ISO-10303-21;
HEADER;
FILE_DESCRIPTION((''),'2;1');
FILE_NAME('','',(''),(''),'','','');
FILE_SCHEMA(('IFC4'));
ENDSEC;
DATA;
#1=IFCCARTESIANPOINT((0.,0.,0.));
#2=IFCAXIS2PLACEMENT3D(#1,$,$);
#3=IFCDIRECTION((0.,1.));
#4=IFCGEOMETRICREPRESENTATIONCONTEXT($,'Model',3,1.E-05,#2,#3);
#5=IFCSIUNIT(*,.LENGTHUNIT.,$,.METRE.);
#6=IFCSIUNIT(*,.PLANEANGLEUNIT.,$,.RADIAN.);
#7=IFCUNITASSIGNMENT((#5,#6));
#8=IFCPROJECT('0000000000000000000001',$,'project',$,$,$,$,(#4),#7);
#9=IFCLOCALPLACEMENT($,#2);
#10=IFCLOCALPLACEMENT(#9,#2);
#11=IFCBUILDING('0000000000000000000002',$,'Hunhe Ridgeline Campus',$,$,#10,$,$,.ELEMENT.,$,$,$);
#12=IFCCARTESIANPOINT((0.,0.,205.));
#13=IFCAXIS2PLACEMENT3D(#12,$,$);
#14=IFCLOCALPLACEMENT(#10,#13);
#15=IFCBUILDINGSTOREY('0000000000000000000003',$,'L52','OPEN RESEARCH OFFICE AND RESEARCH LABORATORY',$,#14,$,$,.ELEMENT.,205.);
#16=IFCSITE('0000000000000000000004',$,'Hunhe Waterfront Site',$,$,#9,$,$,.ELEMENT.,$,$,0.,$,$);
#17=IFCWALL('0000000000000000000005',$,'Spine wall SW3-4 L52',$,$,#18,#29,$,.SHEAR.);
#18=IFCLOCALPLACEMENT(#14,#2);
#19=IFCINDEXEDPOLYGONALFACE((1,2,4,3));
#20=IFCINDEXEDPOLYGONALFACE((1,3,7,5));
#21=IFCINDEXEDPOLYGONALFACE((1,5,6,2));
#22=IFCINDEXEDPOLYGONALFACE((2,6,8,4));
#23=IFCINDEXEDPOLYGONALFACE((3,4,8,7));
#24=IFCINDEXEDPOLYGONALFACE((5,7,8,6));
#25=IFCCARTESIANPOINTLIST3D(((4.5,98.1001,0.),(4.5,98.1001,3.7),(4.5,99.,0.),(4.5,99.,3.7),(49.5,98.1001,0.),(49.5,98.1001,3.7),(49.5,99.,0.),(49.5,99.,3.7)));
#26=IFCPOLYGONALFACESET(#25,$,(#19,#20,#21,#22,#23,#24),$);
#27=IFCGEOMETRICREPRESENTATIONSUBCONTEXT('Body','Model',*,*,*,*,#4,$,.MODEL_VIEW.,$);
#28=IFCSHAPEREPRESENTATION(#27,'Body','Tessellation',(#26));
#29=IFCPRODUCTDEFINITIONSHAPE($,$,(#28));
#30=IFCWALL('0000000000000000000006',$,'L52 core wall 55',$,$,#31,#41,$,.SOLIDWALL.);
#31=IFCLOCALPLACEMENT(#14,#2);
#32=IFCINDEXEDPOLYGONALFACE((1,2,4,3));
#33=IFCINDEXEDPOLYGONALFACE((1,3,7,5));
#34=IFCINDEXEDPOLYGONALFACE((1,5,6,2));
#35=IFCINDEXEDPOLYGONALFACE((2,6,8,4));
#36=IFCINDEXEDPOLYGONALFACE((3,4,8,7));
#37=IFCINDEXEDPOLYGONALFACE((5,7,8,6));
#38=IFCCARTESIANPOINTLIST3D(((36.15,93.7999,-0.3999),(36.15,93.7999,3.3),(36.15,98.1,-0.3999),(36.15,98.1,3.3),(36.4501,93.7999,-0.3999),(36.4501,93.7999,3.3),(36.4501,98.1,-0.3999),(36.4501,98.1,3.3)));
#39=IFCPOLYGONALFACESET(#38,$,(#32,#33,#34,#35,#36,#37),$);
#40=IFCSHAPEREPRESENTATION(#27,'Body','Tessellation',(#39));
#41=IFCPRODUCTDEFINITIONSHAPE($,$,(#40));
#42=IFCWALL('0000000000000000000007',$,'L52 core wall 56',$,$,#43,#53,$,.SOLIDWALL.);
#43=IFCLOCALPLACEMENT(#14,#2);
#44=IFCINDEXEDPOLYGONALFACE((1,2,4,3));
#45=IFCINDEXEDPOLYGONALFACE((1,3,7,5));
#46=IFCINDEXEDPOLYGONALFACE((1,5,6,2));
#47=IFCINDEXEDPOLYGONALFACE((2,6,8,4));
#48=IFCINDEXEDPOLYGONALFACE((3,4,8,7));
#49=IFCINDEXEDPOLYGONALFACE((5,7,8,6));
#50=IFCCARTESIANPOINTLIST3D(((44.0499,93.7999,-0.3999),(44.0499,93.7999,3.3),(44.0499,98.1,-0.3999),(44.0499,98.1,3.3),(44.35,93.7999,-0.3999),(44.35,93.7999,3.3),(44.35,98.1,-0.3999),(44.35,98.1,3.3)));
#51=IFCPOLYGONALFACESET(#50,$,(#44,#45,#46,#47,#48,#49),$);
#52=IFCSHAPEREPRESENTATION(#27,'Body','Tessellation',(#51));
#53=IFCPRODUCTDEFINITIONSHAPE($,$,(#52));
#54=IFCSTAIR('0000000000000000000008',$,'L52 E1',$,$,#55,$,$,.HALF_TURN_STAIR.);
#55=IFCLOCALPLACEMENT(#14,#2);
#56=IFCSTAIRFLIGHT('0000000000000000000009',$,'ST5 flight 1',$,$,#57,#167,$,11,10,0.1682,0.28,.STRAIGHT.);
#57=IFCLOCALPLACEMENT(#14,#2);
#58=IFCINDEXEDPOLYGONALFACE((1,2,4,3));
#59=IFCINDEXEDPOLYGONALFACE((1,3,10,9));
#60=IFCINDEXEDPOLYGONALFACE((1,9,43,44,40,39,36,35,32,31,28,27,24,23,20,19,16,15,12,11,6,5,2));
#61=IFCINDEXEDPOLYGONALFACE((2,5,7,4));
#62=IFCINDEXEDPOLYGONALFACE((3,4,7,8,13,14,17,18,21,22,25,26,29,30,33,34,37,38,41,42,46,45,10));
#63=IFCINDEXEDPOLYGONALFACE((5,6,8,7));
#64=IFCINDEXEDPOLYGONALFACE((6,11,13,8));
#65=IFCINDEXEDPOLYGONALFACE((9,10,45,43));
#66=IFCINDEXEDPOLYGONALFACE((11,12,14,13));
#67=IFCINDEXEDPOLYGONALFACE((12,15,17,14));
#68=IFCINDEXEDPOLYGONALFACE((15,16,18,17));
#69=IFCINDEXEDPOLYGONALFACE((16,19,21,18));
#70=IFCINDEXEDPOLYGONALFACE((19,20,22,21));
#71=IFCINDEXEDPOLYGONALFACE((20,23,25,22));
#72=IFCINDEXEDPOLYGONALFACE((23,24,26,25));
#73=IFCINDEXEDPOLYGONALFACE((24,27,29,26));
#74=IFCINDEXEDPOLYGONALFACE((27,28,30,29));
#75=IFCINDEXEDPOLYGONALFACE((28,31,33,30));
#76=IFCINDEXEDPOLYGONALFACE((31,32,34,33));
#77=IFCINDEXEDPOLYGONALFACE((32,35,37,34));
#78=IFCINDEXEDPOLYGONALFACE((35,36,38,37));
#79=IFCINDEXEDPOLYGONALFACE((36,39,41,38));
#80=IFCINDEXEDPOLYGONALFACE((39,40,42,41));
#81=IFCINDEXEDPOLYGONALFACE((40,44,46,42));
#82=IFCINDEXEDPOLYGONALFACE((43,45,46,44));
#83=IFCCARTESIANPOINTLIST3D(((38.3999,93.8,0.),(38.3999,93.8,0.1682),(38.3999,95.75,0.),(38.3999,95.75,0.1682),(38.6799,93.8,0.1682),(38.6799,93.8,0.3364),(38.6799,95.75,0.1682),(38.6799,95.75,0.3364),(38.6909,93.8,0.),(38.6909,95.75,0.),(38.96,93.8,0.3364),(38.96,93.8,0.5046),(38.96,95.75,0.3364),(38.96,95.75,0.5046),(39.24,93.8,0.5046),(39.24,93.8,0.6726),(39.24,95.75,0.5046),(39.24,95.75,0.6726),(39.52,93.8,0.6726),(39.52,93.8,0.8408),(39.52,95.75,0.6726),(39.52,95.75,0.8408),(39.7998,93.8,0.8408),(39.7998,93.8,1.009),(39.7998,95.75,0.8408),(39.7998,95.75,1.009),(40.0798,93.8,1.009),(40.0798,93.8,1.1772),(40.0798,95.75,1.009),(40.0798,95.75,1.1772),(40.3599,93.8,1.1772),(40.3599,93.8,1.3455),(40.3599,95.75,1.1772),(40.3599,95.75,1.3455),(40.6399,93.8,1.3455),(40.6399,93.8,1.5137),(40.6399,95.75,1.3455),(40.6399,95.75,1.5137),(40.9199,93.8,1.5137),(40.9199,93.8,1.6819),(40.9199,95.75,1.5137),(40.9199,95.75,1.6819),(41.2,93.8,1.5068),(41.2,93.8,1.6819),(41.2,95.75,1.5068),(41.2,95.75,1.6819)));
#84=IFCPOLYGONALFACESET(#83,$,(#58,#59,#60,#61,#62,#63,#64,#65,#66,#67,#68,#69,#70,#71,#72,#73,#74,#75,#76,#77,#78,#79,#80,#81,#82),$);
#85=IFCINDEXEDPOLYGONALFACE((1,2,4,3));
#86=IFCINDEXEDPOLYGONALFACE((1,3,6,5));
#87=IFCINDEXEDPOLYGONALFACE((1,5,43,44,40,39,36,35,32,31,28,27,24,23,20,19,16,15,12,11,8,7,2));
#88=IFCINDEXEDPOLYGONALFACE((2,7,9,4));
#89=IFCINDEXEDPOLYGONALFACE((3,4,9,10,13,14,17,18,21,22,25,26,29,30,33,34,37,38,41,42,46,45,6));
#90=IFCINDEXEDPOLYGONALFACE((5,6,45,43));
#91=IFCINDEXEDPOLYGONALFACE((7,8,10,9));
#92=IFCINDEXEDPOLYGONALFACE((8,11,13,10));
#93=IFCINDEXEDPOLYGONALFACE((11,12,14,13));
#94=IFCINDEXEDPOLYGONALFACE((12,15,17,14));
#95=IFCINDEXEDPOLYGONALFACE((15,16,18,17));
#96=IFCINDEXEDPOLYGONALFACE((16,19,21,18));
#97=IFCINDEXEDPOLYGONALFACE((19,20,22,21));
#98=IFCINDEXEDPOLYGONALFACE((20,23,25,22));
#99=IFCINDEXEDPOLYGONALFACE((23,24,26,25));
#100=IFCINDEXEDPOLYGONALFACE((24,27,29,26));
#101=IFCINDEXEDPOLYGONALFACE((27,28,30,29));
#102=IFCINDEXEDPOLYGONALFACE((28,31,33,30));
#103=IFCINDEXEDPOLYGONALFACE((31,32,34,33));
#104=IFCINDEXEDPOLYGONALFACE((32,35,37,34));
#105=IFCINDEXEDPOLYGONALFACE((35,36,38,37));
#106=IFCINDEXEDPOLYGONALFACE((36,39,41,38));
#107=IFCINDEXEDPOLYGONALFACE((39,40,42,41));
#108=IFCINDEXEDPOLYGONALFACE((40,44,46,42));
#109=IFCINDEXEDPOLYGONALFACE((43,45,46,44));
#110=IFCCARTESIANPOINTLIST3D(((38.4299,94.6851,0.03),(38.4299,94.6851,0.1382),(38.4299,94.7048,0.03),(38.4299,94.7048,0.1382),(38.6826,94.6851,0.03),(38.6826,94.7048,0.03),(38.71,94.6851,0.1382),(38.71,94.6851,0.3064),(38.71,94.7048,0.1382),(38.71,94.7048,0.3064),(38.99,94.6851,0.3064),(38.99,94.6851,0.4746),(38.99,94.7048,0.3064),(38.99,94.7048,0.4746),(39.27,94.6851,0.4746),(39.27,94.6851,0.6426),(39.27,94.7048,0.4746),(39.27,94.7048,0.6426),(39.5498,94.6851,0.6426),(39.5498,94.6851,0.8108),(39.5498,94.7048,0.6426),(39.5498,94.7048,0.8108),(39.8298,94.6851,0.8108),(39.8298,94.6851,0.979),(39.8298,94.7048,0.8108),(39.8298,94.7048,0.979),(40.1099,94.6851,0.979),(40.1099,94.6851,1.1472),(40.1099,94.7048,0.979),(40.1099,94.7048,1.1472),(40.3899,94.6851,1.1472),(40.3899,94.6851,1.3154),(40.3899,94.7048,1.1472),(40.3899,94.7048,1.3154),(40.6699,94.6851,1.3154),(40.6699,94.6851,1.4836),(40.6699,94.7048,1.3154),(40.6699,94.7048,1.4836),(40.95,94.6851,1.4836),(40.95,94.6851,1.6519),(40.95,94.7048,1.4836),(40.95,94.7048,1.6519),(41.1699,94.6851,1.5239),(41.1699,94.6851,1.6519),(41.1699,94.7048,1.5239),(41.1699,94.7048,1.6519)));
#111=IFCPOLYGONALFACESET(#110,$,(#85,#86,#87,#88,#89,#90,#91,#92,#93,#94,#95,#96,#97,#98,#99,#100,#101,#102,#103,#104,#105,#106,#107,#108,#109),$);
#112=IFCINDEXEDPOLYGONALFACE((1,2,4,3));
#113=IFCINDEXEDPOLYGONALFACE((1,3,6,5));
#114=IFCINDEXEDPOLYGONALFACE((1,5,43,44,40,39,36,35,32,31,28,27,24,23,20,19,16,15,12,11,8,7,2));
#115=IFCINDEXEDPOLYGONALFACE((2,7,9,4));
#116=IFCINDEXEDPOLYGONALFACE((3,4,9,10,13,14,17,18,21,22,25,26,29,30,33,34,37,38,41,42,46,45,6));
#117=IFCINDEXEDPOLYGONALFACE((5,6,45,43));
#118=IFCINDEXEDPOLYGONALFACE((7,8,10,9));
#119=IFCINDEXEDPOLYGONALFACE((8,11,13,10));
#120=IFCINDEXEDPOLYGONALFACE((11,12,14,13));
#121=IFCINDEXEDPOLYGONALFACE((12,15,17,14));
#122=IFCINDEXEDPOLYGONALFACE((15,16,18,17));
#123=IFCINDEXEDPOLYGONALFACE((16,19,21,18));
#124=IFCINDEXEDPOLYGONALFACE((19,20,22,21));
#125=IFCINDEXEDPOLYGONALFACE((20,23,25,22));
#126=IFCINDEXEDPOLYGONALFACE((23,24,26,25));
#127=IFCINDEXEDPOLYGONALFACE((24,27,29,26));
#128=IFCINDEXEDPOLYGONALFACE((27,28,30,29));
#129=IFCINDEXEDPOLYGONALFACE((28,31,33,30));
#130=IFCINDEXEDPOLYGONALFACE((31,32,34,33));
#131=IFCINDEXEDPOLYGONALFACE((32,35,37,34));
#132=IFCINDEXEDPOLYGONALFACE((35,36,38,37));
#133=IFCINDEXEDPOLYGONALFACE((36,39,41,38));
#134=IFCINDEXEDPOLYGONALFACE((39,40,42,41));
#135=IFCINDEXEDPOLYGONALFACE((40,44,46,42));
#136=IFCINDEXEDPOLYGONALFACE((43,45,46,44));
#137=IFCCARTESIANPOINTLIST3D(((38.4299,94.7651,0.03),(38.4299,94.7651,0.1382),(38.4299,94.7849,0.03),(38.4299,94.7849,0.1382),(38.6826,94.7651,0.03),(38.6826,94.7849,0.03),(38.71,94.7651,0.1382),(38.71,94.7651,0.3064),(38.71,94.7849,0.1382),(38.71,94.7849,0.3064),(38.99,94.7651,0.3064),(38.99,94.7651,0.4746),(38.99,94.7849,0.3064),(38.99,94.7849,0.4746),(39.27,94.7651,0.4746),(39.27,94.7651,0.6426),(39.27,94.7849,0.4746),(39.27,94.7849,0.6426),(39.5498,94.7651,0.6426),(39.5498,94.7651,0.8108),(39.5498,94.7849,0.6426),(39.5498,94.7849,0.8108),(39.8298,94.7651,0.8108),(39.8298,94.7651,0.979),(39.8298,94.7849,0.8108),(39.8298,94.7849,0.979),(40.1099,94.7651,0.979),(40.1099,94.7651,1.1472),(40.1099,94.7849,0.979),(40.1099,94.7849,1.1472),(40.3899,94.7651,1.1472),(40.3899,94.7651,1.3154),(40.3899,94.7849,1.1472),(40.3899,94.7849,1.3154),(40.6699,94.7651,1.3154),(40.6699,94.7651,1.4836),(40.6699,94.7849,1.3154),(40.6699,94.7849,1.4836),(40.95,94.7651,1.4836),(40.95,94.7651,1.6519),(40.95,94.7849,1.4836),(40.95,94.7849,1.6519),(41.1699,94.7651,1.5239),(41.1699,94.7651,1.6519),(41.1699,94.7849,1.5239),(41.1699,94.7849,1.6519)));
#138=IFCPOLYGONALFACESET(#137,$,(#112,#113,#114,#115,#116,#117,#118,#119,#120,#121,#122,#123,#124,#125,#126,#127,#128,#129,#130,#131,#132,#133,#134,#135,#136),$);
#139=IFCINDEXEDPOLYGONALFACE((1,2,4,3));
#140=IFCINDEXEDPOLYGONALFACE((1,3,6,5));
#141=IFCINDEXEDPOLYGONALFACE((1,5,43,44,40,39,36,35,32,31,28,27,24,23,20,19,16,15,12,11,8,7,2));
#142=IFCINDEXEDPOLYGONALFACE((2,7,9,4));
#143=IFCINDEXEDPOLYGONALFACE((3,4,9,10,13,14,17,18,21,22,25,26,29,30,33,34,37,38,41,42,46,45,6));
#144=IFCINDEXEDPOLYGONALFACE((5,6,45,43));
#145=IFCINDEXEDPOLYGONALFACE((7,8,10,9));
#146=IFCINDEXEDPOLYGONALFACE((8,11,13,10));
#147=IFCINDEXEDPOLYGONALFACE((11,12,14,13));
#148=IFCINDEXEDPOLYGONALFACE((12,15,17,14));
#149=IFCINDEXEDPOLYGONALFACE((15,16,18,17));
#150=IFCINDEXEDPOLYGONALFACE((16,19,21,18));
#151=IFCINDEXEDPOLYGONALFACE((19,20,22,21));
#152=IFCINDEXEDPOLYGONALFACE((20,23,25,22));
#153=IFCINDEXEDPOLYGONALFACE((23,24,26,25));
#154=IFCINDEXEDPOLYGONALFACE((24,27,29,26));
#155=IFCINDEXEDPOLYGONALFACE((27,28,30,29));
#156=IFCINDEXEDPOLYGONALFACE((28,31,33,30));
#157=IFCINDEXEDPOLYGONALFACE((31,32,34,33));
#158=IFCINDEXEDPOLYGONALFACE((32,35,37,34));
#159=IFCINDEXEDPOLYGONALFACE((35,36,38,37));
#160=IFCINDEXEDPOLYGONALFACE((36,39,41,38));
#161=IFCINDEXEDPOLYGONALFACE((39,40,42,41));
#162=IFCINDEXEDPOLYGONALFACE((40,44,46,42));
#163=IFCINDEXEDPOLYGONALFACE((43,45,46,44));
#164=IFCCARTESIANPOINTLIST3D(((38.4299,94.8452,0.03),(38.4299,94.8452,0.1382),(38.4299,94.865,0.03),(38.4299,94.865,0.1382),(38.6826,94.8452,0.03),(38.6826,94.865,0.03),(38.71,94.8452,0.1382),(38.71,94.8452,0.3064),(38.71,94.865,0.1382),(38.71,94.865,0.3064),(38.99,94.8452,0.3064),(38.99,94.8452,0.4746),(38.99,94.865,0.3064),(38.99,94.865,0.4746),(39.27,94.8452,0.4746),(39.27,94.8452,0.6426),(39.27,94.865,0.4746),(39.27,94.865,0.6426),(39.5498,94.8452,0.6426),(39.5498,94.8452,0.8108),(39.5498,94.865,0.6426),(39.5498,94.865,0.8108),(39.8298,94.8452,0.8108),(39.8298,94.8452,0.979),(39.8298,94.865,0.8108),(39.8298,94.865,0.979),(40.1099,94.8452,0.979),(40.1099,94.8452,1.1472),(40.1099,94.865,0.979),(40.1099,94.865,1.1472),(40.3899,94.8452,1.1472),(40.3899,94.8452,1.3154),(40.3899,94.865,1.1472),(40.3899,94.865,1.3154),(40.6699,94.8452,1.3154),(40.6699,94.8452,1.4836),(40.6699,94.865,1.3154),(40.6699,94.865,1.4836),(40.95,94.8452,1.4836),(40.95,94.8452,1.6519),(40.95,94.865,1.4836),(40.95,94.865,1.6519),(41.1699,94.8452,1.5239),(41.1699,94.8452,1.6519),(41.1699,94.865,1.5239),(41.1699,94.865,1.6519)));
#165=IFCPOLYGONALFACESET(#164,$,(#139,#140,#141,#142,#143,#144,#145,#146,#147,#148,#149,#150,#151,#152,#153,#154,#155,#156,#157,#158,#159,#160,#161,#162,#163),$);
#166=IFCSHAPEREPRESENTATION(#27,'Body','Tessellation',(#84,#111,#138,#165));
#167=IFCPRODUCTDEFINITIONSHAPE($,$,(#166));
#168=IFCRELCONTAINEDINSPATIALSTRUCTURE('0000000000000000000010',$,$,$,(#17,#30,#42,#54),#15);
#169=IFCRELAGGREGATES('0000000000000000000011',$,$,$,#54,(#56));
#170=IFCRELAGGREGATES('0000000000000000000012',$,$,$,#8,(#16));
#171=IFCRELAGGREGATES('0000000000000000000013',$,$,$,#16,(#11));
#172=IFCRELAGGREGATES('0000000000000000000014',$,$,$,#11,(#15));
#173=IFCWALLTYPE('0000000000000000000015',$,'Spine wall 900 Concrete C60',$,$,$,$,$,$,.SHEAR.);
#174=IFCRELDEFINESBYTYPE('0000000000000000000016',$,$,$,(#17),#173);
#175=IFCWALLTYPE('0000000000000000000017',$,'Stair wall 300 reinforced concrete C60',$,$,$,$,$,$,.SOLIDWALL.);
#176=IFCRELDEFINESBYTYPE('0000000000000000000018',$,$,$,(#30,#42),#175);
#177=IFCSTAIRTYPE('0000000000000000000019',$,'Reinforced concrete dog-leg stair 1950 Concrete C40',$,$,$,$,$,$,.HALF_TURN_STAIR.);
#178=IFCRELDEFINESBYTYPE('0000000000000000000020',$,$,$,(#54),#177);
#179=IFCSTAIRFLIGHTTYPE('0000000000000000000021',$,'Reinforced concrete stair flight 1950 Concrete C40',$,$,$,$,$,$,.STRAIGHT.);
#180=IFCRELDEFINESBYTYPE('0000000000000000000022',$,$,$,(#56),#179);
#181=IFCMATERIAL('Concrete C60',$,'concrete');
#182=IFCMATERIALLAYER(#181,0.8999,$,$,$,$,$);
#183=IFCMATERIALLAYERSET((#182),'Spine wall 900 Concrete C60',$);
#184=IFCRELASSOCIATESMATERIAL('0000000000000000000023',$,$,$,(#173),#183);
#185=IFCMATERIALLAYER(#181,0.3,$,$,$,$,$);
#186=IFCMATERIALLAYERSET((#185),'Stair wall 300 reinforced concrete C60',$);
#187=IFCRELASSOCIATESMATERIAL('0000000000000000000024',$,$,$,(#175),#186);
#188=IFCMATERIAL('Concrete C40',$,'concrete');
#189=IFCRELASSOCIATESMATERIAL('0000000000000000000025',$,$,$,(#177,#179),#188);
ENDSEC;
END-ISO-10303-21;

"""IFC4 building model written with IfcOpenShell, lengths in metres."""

from ifc_helpers import new_model, si_unit, direction, frame, frame_2d, origin, place, context, subcontext, project, spatial, polyline, rectangle, outline, extrude, material, layer, layer_set, type_object, element, aggregate, save


model = new_model("IFC4")

# Units and contexts
model_context = context("Model", 3, precision=1e-05, world=origin(), true_north=direction((0.0, 1.0)))
body_context = subcontext(model_context, "Body", "Model", "MODEL_VIEW")
ifc_project = project(units=[si_unit("LENGTHUNIT", "METRE"), si_unit("PLANEANGLEUNIT", "RADIAN")], contexts=[model_context])

# Site, building, storey
site_placement = place(None, origin())
site = spatial("IfcSite", under=ifc_project, at=site_placement, Name="Hunhe Waterfront Site", CompositionType="ELEMENT", RefElevation=0.0)
building_placement = place(site_placement, origin())
building = spatial("IfcBuilding", under=site, at=building_placement, Name="Hunhe Ridgeline Campus", CompositionType="ELEMENT")
storey_placement = place(building_placement, frame((0.0, 0.0, 205.0)))
storey = spatial("IfcBuildingStorey", under=building, at=storey_placement, Name="L52", Description="OPEN RESEARCH OFFICE AND RESEARCH LABORATORY", CompositionType="ELEMENT", Elevation=205.0)

# Shared definitions
ifc_material_1 = material(Name="Concrete C60", Category="concrete")

# Walls
ifc_layer_1 = layer(ifc_material_1, 0.8999)
ifc_layer_set_1 = layer_set([ifc_layer_1], Name="Spine wall 900 Concrete C60")
wall_type_1 = type_object("IfcWallType", Name="Spine wall 900 Concrete C60", PredefinedType="SHEAR", material=ifc_layer_set_1)
wall_1_placement = place(storey_placement, frame((49.5, 98.55, 0.0), z_axis=(0.0, 0.0, 1.0), x_axis=(-1.0, 0.0, 0.0)))
element("IfcWall", 1, at=wall_1_placement, inside=storey, type_object=wall_type_1, Name="Spine wall SW3-4 L52", PredefinedType="SHEAR", context=body_context, shape_type="SweptSolid", body=[
    extrude(rectangle(XDim=45.0, YDim=0.8999, at=frame_2d((22.5, 0.0))), origin(), (0.0, 0.0, 1.0), 3.7),
])
ifc_layer_2 = layer(ifc_material_1, 0.3)
ifc_layer_set_2 = layer_set([ifc_layer_2], Name="Stair wall 300 reinforced concrete C60")
wall_type_2 = type_object("IfcWallType", Name="Stair wall 300 reinforced concrete C60", PredefinedType="SOLIDWALL", material=ifc_layer_set_2)
for number, where, z_axis, x_axis, name in (
    (2, (36.3, 93.8, -0.3999), (0.0, 0.0, 1.0), (0.0, 1.0, 0.0), "L52 core wall 55"),
    (3, (44.2, 93.8, -0.3999), (0.0, 0.0, 1.0), (0.0, 1.0, 0.0), "L52 core wall 56"),
):
    element("IfcWall", number, at=place(storey_placement, frame(where, z_axis=z_axis, x_axis=x_axis)), inside=storey, type_object=wall_type_2, Name=name, PredefinedType="SOLIDWALL", context=body_context, shape_type="SweptSolid", body=[
        extrude(rectangle(XDim=4.3, YDim=0.3, at=frame_2d((2.1499, 0.0))), origin(), (0.0, 0.0, 1.0), 3.7),
    ])

# Stair, stair flight
ifc_material_2 = material(Name="Concrete C40", Category="concrete")
stair_type = type_object("IfcStairType", Name="Reinforced concrete dog-leg stair 1950 Concrete C40", PredefinedType="HALF_TURN_STAIR", material=ifc_material_2)
stair_placement = place(storey_placement, origin())
stair = element("IfcStair", 4, at=stair_placement, inside=storey, type_object=stair_type, Name="L52 E1", PredefinedType="HALF_TURN_STAIR")
stair_flight_type = type_object("IfcStairFlightType", Name="Reinforced concrete stair flight 1950 Concrete C40", PredefinedType="STRAIGHT", material=ifc_material_2)
stair_flight_1_placement = place(storey_placement, frame((38.3999, 94.7749, 0.0), z_axis=(0.0, 0.0, 1.0), x_axis=(1.0, 0.0, 0.0)))
stair_flight_1 = element("IfcStairFlight", 5, at=stair_flight_1_placement, type_object=stair_flight_type, Name="ST5 flight 1", NumberOfRisers=11, NumberOfTreads=10, PredefinedType="STRAIGHT", RiserHeight=0.1682, TreadLength=0.28, context=body_context, shape_type="SweptSolid", body=[
    extrude(outline(polyline([(0.0, 0.0), (0.0, 0.1682), (0.28, 0.1682), (0.28, 0.3364), (0.5601, 0.3364), (0.5601, 0.5046), (0.8401, 0.5046), (0.8401, 0.6726), (1.1201, 0.6726), (1.1201, 0.8408), (1.3999, 0.8408), (1.3999, 1.009), (1.6799, 1.009), (1.6799, 1.1772), (1.96, 1.1772), (1.96, 1.3455), (2.24, 1.3455), (2.24, 1.5137), (2.52, 1.5137), (2.52, 1.6819), (2.8, 1.6819), (2.8, 1.8501), (2.8, 1.5068), (0.291, 0.0), (0.0, 0.0)])), frame((0.0, 0.9751, 0.0), z_axis=(0.0, -1.0, 0.0), x_axis=(1.0, 0.0, 0.0)), (0.0, 0.0, 1.0), 1.95),
    extrude(outline(polyline([(0.03, 0.03), (0.03, 0.1382), (0.3101, 0.1382), (0.3101, 0.3064), (0.5901, 0.3064), (0.5901, 0.4746), (0.8701, 0.4746), (0.8701, 0.6426), (1.1499, 0.6426), (1.1499, 0.8108), (1.4299, 0.8108), (1.4299, 0.979), (1.71, 0.979), (1.71, 1.1472), (1.99, 1.1472), (1.99, 1.3154), (2.27, 1.3154), (2.27, 1.4836), (2.55, 1.4836), (2.55, 1.6519), (2.77, 1.6519), (2.77, 1.5239), (0.2827, 0.03), (0.03, 0.03)])), frame((0.0, -0.0701, 0.0), z_axis=(0.0, -1.0, 0.0), x_axis=(1.0, 0.0, 0.0)), (0.0, 0.0, 1.0), 0.0198),
    extrude(outline(polyline([(0.03, 0.03), (0.03, 0.1382), (0.3101, 0.1382), (0.3101, 0.3064), (0.5901, 0.3064), (0.5901, 0.4746), (0.8701, 0.4746), (0.8701, 0.6426), (1.1499, 0.6426), (1.1499, 0.8108), (1.4299, 0.8108), (1.4299, 0.979), (1.71, 0.979), (1.71, 1.1472), (1.99, 1.1472), (1.99, 1.3154), (2.27, 1.3154), (2.27, 1.4836), (2.55, 1.4836), (2.55, 1.6519), (2.77, 1.6519), (2.77, 1.5239), (0.2827, 0.03), (0.03, 0.03)])), frame((0.0, 0.01, 0.0), z_axis=(0.0, -1.0, 0.0), x_axis=(1.0, 0.0, 0.0)), (0.0, 0.0, 1.0), 0.0198),
    extrude(outline(polyline([(0.03, 0.03), (0.03, 0.1382), (0.3101, 0.1382), (0.3101, 0.3064), (0.5901, 0.3064), (0.5901, 0.4746), (0.8701, 0.4746), (0.8701, 0.6426), (1.1499, 0.6426), (1.1499, 0.8108), (1.4299, 0.8108), (1.4299, 0.979), (1.71, 0.979), (1.71, 1.1472), (1.99, 1.1472), (1.99, 1.3154), (2.27, 1.3154), (2.27, 1.4836), (2.55, 1.4836), (2.55, 1.6519), (2.77, 1.6519), (2.77, 1.5239), (0.2827, 0.03), (0.03, 0.03)])), frame((0.0, 0.0901, 0.0), z_axis=(0.0, -1.0, 0.0), x_axis=(1.0, 0.0, 0.0)), (0.0, 0.0, 1.0), 0.0198),
])
aggregate(stair, [stair_flight_1])

save(model, "model.ifc")
